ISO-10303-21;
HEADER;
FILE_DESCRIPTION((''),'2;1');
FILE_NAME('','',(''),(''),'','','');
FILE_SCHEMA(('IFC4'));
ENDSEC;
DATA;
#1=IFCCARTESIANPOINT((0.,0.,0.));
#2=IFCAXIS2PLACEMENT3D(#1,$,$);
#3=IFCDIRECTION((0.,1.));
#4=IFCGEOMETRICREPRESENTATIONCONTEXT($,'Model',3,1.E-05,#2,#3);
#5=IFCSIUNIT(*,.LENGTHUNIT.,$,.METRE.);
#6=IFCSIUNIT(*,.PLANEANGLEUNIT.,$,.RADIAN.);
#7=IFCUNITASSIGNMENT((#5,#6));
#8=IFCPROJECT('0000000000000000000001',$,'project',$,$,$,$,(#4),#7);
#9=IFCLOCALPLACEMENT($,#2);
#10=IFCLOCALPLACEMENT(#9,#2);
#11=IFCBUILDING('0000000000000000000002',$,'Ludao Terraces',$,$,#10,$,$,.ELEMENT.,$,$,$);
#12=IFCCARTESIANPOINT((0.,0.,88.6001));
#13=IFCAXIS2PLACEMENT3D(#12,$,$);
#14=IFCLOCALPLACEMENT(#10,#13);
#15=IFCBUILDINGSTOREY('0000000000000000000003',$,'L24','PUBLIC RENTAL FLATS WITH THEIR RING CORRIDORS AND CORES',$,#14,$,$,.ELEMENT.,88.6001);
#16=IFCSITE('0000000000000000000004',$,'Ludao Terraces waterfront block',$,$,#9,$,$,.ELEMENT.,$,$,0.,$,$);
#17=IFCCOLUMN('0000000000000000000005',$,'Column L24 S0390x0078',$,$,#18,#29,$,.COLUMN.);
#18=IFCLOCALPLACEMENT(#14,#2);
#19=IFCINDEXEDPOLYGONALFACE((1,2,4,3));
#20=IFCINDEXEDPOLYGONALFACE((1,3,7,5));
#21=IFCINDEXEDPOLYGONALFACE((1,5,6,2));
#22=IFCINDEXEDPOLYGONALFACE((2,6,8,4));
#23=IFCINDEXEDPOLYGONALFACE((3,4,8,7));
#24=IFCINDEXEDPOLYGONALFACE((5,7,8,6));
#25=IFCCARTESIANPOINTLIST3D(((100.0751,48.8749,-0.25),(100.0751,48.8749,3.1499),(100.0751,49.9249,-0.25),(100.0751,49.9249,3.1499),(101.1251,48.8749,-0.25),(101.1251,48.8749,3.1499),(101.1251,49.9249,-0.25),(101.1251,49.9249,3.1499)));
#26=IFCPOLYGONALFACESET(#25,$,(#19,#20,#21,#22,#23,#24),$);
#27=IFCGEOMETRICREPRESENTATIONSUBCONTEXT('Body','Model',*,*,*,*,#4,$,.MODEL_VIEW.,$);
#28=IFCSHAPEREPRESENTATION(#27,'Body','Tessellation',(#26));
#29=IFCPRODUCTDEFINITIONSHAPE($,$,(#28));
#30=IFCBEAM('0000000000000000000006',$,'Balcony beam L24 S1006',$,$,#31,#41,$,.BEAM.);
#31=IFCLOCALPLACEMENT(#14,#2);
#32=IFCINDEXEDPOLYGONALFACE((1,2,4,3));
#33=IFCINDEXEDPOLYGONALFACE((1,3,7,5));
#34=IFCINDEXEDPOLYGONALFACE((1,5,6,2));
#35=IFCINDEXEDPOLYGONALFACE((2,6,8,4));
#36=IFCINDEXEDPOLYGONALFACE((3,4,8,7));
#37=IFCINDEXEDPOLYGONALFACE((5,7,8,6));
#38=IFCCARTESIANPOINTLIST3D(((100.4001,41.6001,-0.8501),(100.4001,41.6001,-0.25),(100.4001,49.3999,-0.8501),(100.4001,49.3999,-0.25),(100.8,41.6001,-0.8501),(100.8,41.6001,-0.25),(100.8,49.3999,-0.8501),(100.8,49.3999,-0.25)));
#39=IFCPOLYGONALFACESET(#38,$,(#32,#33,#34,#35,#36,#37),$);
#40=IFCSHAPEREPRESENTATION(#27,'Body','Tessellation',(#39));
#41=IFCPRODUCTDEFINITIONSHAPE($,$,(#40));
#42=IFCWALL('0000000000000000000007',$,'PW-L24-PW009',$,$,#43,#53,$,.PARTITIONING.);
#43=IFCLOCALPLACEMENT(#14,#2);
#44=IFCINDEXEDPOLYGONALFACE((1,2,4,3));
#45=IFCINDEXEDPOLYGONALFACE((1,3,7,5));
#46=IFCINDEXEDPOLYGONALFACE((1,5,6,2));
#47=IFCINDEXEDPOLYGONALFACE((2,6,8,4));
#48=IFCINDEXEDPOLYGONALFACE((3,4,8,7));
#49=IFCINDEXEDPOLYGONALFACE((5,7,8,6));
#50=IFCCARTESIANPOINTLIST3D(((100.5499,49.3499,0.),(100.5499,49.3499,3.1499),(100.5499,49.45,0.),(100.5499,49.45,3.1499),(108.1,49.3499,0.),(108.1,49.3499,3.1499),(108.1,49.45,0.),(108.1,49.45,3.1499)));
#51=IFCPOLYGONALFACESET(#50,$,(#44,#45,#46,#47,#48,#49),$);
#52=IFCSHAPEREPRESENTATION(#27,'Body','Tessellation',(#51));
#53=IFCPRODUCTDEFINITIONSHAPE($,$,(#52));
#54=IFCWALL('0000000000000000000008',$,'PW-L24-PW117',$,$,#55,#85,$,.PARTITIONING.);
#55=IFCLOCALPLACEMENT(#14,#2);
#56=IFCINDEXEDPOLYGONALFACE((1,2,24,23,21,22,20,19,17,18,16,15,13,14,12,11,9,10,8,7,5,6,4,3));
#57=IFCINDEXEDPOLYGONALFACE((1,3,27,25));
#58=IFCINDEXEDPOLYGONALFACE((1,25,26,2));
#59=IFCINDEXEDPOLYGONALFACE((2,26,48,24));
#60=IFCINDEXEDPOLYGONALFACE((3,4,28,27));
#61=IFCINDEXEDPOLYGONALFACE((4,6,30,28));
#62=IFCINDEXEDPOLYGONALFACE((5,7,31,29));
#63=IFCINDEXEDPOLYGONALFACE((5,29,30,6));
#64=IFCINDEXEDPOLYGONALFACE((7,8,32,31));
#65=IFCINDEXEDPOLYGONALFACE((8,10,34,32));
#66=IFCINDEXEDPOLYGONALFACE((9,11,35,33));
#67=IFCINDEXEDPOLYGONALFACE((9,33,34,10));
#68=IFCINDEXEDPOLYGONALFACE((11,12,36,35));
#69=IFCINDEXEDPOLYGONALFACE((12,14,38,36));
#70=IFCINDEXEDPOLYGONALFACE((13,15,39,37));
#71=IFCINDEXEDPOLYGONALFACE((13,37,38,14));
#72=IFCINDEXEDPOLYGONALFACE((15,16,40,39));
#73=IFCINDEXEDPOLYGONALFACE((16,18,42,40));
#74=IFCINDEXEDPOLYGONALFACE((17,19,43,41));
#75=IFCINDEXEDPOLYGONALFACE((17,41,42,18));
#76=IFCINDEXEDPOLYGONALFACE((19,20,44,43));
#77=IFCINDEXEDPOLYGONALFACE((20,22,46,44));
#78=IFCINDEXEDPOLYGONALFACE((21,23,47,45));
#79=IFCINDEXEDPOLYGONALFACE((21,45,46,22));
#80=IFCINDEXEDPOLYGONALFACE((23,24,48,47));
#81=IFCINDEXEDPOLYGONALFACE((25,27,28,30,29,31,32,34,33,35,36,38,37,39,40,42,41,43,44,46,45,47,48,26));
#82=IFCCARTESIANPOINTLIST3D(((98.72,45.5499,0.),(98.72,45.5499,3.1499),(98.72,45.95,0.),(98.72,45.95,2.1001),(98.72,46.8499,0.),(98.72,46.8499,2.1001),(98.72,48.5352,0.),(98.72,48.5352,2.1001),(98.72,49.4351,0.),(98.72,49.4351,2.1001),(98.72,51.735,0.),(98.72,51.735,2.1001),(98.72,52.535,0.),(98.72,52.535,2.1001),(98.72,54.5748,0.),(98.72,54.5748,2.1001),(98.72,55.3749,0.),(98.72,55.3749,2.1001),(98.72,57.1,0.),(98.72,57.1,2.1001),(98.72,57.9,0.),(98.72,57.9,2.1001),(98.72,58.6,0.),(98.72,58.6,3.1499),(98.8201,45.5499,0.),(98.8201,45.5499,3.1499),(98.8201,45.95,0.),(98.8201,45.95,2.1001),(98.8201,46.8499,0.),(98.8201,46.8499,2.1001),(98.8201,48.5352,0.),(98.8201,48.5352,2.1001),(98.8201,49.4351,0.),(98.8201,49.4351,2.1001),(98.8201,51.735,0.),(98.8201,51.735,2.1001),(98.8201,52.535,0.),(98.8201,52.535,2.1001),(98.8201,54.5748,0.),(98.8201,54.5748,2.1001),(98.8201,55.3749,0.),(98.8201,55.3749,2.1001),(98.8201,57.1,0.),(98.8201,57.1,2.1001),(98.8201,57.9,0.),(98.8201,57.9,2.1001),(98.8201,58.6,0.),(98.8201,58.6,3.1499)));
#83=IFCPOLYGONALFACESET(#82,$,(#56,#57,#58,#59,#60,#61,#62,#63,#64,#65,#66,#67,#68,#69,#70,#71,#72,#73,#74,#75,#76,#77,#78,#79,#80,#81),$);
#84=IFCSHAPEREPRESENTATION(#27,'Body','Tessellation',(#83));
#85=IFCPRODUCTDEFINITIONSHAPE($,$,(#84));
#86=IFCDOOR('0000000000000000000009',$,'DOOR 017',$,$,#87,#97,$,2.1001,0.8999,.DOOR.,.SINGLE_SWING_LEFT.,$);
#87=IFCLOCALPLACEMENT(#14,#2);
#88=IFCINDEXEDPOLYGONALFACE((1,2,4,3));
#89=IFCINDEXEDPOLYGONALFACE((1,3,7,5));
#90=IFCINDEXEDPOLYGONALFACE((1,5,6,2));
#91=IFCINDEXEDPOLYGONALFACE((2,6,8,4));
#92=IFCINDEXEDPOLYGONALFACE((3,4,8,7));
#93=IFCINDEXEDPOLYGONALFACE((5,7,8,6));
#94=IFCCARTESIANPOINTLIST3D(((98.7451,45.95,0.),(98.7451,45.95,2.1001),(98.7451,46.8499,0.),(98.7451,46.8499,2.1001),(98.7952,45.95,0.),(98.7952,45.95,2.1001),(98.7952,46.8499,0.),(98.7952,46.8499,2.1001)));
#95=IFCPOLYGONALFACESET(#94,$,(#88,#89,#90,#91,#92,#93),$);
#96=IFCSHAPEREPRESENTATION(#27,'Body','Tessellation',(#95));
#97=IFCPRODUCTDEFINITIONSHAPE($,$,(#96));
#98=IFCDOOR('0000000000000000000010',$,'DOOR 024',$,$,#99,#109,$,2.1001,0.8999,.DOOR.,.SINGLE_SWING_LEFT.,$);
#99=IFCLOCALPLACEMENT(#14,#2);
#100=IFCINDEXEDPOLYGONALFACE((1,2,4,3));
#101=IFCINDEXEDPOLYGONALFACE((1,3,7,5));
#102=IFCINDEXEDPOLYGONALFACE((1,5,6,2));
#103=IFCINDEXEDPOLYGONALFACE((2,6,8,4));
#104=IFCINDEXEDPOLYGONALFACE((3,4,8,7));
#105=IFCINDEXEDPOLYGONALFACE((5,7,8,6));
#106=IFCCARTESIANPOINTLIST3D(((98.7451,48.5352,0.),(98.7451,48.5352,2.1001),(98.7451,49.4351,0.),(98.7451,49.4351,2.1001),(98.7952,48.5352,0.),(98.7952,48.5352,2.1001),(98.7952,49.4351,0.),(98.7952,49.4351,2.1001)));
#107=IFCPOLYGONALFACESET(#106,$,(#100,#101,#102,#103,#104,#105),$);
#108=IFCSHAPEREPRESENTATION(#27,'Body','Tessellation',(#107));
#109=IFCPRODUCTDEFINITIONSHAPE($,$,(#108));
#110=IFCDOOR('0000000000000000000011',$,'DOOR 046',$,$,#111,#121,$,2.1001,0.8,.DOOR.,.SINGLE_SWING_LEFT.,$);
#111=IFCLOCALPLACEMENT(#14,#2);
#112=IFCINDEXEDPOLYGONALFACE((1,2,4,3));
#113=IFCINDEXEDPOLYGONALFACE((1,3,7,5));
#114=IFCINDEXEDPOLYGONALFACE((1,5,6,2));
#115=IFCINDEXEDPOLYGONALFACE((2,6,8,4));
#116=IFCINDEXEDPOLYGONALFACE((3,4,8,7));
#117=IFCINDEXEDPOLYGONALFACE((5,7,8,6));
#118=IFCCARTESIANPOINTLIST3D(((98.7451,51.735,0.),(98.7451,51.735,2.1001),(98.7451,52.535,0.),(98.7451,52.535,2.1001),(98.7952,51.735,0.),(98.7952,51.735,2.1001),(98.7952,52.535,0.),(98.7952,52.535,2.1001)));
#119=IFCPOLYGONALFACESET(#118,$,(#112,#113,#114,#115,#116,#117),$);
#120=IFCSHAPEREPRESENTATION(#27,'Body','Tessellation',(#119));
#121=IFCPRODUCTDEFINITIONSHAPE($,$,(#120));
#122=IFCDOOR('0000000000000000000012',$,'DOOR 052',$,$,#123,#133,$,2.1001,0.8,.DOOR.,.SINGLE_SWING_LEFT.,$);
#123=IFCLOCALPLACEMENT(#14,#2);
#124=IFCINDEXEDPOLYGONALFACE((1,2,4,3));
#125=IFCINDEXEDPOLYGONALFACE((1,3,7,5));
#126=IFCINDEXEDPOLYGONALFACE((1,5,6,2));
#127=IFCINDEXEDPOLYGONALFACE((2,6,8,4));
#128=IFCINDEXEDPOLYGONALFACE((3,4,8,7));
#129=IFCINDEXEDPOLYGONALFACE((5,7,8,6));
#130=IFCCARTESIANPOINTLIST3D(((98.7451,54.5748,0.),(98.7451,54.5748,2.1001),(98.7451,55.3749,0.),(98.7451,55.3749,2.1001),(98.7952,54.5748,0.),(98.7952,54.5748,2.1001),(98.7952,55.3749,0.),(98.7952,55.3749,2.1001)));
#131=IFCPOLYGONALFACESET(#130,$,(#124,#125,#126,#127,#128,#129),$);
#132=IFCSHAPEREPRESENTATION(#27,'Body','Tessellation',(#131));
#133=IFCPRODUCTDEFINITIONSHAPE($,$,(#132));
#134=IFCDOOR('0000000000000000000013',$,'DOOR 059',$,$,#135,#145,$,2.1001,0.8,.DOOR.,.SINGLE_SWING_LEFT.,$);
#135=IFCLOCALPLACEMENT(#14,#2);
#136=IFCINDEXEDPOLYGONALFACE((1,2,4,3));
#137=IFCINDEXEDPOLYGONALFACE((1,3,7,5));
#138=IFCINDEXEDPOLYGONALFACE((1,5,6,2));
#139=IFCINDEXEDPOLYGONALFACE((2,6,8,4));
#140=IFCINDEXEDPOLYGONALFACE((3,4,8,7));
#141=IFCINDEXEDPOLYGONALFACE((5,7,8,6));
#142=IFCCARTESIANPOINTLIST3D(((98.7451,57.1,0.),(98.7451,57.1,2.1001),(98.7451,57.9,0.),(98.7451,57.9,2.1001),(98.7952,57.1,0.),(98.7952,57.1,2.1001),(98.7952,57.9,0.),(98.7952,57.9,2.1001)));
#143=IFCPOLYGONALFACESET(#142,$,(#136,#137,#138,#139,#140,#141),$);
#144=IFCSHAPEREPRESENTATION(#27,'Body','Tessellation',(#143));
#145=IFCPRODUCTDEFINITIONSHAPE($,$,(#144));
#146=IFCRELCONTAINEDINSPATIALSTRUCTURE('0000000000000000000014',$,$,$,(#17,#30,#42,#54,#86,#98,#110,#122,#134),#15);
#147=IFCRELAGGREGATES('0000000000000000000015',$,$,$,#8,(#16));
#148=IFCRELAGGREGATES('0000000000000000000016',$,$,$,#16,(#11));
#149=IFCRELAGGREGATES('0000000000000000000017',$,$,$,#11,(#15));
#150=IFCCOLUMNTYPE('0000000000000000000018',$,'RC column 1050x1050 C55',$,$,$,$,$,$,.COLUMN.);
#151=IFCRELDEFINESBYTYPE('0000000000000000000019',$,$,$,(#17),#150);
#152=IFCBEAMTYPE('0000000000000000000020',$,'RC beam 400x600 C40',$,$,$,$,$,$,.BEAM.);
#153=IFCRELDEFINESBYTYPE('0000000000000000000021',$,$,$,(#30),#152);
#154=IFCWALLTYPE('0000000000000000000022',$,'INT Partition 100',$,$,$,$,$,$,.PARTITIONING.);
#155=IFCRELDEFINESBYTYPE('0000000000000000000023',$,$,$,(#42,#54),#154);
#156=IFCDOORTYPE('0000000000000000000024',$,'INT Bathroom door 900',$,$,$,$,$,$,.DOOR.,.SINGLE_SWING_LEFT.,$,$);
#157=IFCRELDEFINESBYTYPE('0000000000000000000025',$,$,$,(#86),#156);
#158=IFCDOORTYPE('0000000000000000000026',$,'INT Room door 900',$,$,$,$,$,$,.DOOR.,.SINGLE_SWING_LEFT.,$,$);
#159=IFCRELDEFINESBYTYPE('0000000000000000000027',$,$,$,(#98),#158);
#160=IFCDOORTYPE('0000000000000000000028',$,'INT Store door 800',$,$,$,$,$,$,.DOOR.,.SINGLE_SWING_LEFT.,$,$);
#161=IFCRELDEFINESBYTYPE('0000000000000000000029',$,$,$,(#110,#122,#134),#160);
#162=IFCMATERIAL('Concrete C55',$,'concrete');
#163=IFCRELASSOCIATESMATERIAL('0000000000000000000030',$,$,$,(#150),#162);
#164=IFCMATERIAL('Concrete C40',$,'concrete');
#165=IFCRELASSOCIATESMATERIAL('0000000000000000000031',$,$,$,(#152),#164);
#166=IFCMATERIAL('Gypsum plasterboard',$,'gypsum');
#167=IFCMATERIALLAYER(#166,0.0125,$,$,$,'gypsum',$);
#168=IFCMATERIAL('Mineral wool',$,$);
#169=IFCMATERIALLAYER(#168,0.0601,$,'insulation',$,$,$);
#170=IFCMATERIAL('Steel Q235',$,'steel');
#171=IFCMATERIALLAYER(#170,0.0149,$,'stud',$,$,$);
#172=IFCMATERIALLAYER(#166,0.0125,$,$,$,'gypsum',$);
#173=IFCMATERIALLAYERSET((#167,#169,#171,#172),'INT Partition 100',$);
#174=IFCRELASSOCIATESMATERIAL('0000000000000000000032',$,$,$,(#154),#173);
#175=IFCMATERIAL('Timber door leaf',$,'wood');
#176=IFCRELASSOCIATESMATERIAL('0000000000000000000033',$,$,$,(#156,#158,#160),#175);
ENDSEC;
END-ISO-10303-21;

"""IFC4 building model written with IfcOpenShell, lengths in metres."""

from ifc_helpers import new_model, si_unit, direction, frame, frame_2d, origin, origin_2d, place, context, subcontext, project, spatial, rectangle, extrude, material, layer, layer_set, material_profile, profile_set, type_object, element, fill, save


model = new_model("IFC4")

# Units and contexts
model_context = context("Model", 3, precision=1e-05, world=origin(), true_north=direction((0.0, 1.0)))
body_context = subcontext(model_context, "Body", "Model", "MODEL_VIEW")
ifc_project = project(units=[si_unit("LENGTHUNIT", "METRE"), si_unit("PLANEANGLEUNIT", "RADIAN")], contexts=[model_context])

# Site, building, storey
site_placement = place(None, origin())
site = spatial("IfcSite", under=ifc_project, at=site_placement, Name="Ludao Terraces waterfront block", CompositionType="ELEMENT", RefElevation=0.0)
building_placement = place(site_placement, origin())
building = spatial("IfcBuilding", under=site, at=building_placement, Name="Ludao Terraces", CompositionType="ELEMENT")
storey_placement = place(building_placement, frame((0.0, 0.0, 88.6001)))
storey = spatial("IfcBuildingStorey", under=building, at=storey_placement, Name="L24", Description="PUBLIC RENTAL FLATS WITH THEIR RING CORRIDORS AND CORES", CompositionType="ELEMENT", Elevation=88.6001)

# Column
ifc_material_1 = material(Name="Concrete C55", Category="concrete")
ifc_material_profile_1 = material_profile(ifc_material_1, rectangle(XDim=1.05, YDim=1.05, at=origin_2d()), Name="1050 X 1050")
ifc_profile_set_1 = profile_set([ifc_material_profile_1], Name="Concrete C55")
column_type = type_object("IfcColumnType", Name="RC column 1050x1050 C55", PredefinedType="COLUMN", material=ifc_profile_set_1)
column_placement = place(storey_placement, frame((100.6001, 49.3999, -0.25), z_axis=(0.0, 0.0, 1.0), x_axis=(1.0, 0.0, 0.0)))
element("IfcColumn", 1, at=column_placement, inside=storey, type_object=column_type, Name="Column L24 S0390x0078", PredefinedType="COLUMN", context=body_context, shape_type="SweptSolid", body=[
    extrude(rectangle(XDim=1.05, YDim=1.05, at=origin_2d()), origin(), (0.0, 0.0, 1.0), 3.3999),
])

# Beam
ifc_material_2 = material(Name="Concrete C40", Category="concrete")
ifc_material_profile_2 = material_profile(ifc_material_2, rectangle(XDim=0.3999, YDim=0.6001, at=origin_2d()), Name="400 X 600")
ifc_profile_set_2 = profile_set([ifc_material_profile_2], Name="Concrete C40")
beam_type = type_object("IfcBeamType", Name="RC beam 400x600 C40", PredefinedType="BEAM", material=ifc_profile_set_2)
beam_placement = place(storey_placement, frame((100.6001, 49.3999, -0.55), z_axis=(0.0, -1.0, 0.0), x_axis=(1.0, 0.0, 0.0)))
element("IfcBeam", 2, at=beam_placement, inside=storey, type_object=beam_type, Name="Balcony beam L24 S1006", PredefinedType="BEAM", context=body_context, shape_type="SweptSolid", body=[
    extrude(rectangle(XDim=0.3999, YDim=0.6001, at=origin_2d()), origin(), (0.0, 0.0, 1.0), 7.7998),
])

# Wall
ifc_material_3 = material(Name="Gypsum plasterboard", Category="gypsum")
ifc_layer_1 = layer(ifc_material_3, 0.0125, Category="gypsum")
ifc_material_4 = material(Name="Mineral wool")
ifc_layer_2 = layer(ifc_material_4, 0.0601, Name="insulation")
ifc_material_5 = material(Name="Steel Q235", Category="steel")
ifc_layer_3 = layer(ifc_material_5, 0.0149, Name="stud")
ifc_layer_4 = layer(ifc_material_3, 0.0125, Category="gypsum")
ifc_layer_set = layer_set([ifc_layer_1, ifc_layer_2, ifc_layer_3, ifc_layer_4], Name="INT Partition 100")
wall_type = type_object("IfcWallType", Name="INT Partition 100", PredefinedType="PARTITIONING", material=ifc_layer_set)
wall_1_placement = place(storey_placement, frame((100.55, 49.3999, 0.0), z_axis=(0.0, 0.0, 1.0), x_axis=(1.0, 0.0, 0.0)))
element("IfcWall", 3, at=wall_1_placement, inside=storey, type_object=wall_type, Name="PW-L24-PW009", PredefinedType="PARTITIONING", context=body_context, shape_type="SweptSolid", body=[
    extrude(rectangle(XDim=7.55, YDim=0.1001, at=frame_2d((3.7749, 0.0))), origin(), (0.0, 0.0, 1.0), 3.1499),
])

# Wall, openings, doors
wall_2_placement = place(storey_placement, frame((98.77, 45.55, 0.0), z_axis=(0.0, 0.0, 1.0), x_axis=(0.0, 1.0, 0.0)))
wall_2 = element("IfcWall", 4, at=wall_2_placement, inside=storey, type_object=wall_type, Name="PW-L24-PW117", PredefinedType="PARTITIONING", context=body_context, shape_type="SweptSolid", body=[
    extrude(rectangle(XDim=13.05, YDim=0.1001, at=frame_2d((6.5249, 0.0))), origin(), (0.0, 0.0, 1.0), 3.1499),
])
opening_1_placement = place(wall_2_placement, frame((0.3999, 0.0, 0.0)))
opening_1 = element("IfcOpeningElement", 5, at=opening_1_placement, cuts=wall_2, PredefinedType="OPENING", context=body_context, shape_type="SweptSolid", body=[
    extrude(rectangle(XDim=0.8999, YDim=2.1001, at=frame_2d((0.45, 1.05))), frame((0.0, 0.0601, 0.0), z_axis=(0.0, -1.0, 0.0), x_axis=(1.0, 0.0, 0.0)), (0.0, 0.0, 1.0), 0.1201),
])
opening_2_placement = place(wall_2_placement, frame((2.9851, 0.0, 0.0)))
opening_2 = element("IfcOpeningElement", 6, at=opening_2_placement, cuts=wall_2, PredefinedType="OPENING", context=body_context, shape_type="SweptSolid", body=[
    extrude(rectangle(XDim=0.8999, YDim=2.1001, at=frame_2d((0.45, 1.05))), frame((0.0, 0.0601, 0.0), z_axis=(0.0, -1.0, 0.0), x_axis=(1.0, 0.0, 0.0)), (0.0, 0.0, 1.0), 0.1201),
])
opening_3_placement = place(wall_2_placement, frame((6.1851, 0.0, 0.0)))
opening_3 = element("IfcOpeningElement", 7, at=opening_3_placement, cuts=wall_2, PredefinedType="OPENING", context=body_context, shape_type="SweptSolid", body=[
    extrude(rectangle(XDim=0.8, YDim=2.1001, at=frame_2d((0.3999, 1.05))), frame((0.0, 0.0601, 0.0), z_axis=(0.0, -1.0, 0.0), x_axis=(1.0, 0.0, 0.0)), (0.0, 0.0, 1.0), 0.1201),
])
opening_4_placement = place(wall_2_placement, frame((9.0249, 0.0, 0.0)))
opening_4 = element("IfcOpeningElement", 8, at=opening_4_placement, cuts=wall_2, PredefinedType="OPENING", context=body_context, shape_type="SweptSolid", body=[
    extrude(rectangle(XDim=0.8, YDim=2.1001, at=frame_2d((0.3999, 1.05))), frame((0.0, 0.0601, 0.0), z_axis=(0.0, -1.0, 0.0), x_axis=(1.0, 0.0, 0.0)), (0.0, 0.0, 1.0), 0.1201),
])
opening_5_placement = place(wall_2_placement, frame((11.55, 0.0, 0.0)))
opening_5 = element("IfcOpeningElement", 9, at=opening_5_placement, cuts=wall_2, PredefinedType="OPENING", context=body_context, shape_type="SweptSolid", body=[
    extrude(rectangle(XDim=0.8, YDim=2.1001, at=frame_2d((0.3999, 1.05))), frame((0.0, 0.0601, 0.0), z_axis=(0.0, -1.0, 0.0), x_axis=(1.0, 0.0, 0.0)), (0.0, 0.0, 1.0), 0.1201),
])
ifc_material_6 = material(Name="Timber door leaf", Category="wood")
door_type_1 = type_object("IfcDoorType", Name="INT Bathroom door 900", OperationType="SINGLE_SWING_LEFT", PredefinedType="DOOR", material=ifc_material_6)
door_1_placement = place(opening_1_placement, origin())
door_1 = element("IfcDoor", 10, at=door_1_placement, inside=storey, type_object=door_type_1, Name="DOOR 017", OperationType="SINGLE_SWING_LEFT", OverallHeight=2.1001, OverallWidth=0.8999, PredefinedType="DOOR", context=body_context, shape_type="SweptSolid", body=[
    extrude(rectangle(XDim=0.8999, YDim=2.1001, at=frame_2d((0.45, 1.05))), frame((0.0, 0.0249, 0.0), z_axis=(0.0, -1.0, 0.0), x_axis=(1.0, 0.0, 0.0)), (0.0, 0.0, 1.0), 0.05),
])
fill(opening_1, door_1)
door_type_2 = type_object("IfcDoorType", Name="INT Room door 900", OperationType="SINGLE_SWING_LEFT", PredefinedType="DOOR", material=ifc_material_6)
door_2_placement = place(opening_2_placement, origin())
door_2 = element("IfcDoor", 11, at=door_2_placement, inside=storey, type_object=door_type_2, Name="DOOR 024", OperationType="SINGLE_SWING_LEFT", OverallHeight=2.1001, OverallWidth=0.8999, PredefinedType="DOOR", context=body_context, shape_type="SweptSolid", body=[
    extrude(rectangle(XDim=0.8999, YDim=2.1001, at=frame_2d((0.45, 1.05))), frame((0.0, 0.0249, 0.0), z_axis=(0.0, -1.0, 0.0), x_axis=(1.0, 0.0, 0.0)), (0.0, 0.0, 1.0), 0.05),
])
fill(opening_2, door_2)
door_type_3 = type_object("IfcDoorType", Name="INT Store door 800", OperationType="SINGLE_SWING_LEFT", PredefinedType="DOOR", material=ifc_material_6)
door_3_placement = place(opening_3_placement, origin())
door_3 = element("IfcDoor", 12, at=door_3_placement, inside=storey, type_object=door_type_3, Name="DOOR 046", OperationType="SINGLE_SWING_LEFT", OverallHeight=2.1001, OverallWidth=0.8, PredefinedType="DOOR", context=body_context, shape_type="SweptSolid", body=[
    extrude(rectangle(XDim=0.8, YDim=2.1001, at=frame_2d((0.3999, 1.05))), frame((0.0, 0.0249, 0.0), z_axis=(0.0, -1.0, 0.0), x_axis=(1.0, 0.0, 0.0)), (0.0, 0.0, 1.0), 0.05),
])
fill(opening_3, door_3)
door_4_placement = place(opening_4_placement, origin())
door_4 = element("IfcDoor", 13, at=door_4_placement, inside=storey, type_object=door_type_3, Name="DOOR 052", OperationType="SINGLE_SWING_LEFT", OverallHeight=2.1001, OverallWidth=0.8, PredefinedType="DOOR", context=body_context, shape_type="SweptSolid", body=[
    extrude(rectangle(XDim=0.8, YDim=2.1001, at=frame_2d((0.3999, 1.05))), frame((0.0, 0.0249, 0.0), z_axis=(0.0, -1.0, 0.0), x_axis=(1.0, 0.0, 0.0)), (0.0, 0.0, 1.0), 0.05),
])
fill(opening_4, door_4)
door_5_placement = place(opening_5_placement, origin())
door_5 = element("IfcDoor", 14, at=door_5_placement, inside=storey, type_object=door_type_3, Name="DOOR 059", OperationType="SINGLE_SWING_LEFT", OverallHeight=2.1001, OverallWidth=0.8, PredefinedType="DOOR", context=body_context, shape_type="SweptSolid", body=[
    extrude(rectangle(XDim=0.8, YDim=2.1001, at=frame_2d((0.3999, 1.05))), frame((0.0, 0.0249, 0.0), z_axis=(0.0, -1.0, 0.0), x_axis=(1.0, 0.0, 0.0)), (0.0, 0.0, 1.0), 0.05),
])
fill(opening_5, door_5)

save(model, "model.ifc")
